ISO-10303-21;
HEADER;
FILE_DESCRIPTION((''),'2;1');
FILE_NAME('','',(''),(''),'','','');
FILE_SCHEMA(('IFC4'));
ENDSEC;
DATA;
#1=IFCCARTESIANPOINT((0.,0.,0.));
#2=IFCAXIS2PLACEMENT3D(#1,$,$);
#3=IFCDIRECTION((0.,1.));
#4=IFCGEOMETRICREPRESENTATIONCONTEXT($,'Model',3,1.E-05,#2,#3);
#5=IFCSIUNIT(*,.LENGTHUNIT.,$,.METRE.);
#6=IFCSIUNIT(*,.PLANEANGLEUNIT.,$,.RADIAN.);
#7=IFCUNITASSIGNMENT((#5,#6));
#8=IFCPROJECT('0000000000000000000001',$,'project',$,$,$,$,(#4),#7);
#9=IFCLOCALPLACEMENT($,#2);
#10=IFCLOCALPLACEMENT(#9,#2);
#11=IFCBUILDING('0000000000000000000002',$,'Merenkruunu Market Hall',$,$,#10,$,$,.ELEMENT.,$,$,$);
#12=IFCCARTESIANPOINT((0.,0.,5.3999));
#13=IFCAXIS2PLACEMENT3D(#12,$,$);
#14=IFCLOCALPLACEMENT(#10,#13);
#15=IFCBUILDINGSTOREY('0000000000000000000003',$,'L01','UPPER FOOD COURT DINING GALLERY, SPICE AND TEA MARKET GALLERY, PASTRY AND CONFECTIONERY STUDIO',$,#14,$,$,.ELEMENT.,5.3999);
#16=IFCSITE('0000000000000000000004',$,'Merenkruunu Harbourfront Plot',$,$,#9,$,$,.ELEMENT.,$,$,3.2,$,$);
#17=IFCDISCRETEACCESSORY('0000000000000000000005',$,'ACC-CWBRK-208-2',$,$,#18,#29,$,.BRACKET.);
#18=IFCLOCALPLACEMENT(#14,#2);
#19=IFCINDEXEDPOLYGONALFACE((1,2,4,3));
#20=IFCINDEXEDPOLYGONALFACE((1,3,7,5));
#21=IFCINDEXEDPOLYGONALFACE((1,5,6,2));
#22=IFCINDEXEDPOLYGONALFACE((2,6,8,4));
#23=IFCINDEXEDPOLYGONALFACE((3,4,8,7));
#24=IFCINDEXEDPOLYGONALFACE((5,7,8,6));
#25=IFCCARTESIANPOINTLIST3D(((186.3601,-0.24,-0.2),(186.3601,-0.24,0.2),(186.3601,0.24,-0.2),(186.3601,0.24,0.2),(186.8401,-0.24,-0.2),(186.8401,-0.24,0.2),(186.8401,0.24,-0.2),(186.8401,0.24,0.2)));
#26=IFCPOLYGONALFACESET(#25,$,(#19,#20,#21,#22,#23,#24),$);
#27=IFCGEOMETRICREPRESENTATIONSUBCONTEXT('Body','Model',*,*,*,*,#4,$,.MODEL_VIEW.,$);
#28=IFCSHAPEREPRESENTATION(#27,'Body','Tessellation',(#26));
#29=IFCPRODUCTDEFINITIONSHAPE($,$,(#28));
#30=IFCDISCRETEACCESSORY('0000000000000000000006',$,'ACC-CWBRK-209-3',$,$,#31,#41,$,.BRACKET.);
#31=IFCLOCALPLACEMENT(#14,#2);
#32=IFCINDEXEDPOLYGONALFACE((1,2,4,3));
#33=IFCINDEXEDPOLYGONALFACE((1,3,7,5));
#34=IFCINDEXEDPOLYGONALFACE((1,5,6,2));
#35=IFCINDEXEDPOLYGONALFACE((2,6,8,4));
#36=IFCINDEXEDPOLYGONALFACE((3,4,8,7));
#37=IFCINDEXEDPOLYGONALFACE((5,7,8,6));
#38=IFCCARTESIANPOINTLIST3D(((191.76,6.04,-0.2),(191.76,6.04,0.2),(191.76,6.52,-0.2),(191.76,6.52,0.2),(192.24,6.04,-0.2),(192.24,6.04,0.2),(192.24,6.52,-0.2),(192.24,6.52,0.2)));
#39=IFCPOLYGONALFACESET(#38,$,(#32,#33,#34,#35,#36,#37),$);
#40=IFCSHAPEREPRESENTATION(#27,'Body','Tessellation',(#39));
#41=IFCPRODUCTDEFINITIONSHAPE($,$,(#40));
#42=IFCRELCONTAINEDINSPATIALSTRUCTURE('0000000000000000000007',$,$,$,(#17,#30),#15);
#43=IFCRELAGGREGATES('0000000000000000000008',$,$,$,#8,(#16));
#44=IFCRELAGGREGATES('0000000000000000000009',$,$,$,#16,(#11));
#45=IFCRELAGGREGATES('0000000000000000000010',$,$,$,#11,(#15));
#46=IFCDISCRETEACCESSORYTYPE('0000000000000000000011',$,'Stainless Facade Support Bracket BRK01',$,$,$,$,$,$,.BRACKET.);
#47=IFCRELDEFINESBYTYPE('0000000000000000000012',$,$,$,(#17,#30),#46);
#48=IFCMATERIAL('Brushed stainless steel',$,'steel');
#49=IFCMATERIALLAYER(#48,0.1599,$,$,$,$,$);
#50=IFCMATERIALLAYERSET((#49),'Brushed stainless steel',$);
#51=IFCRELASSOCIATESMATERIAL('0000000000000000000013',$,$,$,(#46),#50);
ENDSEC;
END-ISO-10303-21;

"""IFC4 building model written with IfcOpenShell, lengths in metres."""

from ifc_helpers import new_model, si_unit, direction, frame, origin, origin_2d, place, context, subcontext, project, spatial, rectangle, extrude, material, layer, layer_set, type_object, element, save


model = new_model("IFC4")

# Units and contexts
model_context = context("Model", 3, precision=1e-05, world=origin(), true_north=direction((0.0, 1.0)))
body_context = subcontext(model_context, "Body", "Model", "MODEL_VIEW")
ifc_project = project(units=[si_unit("LENGTHUNIT", "METRE"), si_unit("PLANEANGLEUNIT", "RADIAN")], contexts=[model_context])

# Site, building, storey
site_placement = place(None, origin())
site = spatial("IfcSite", under=ifc_project, at=site_placement, Name="Merenkruunu Harbourfront Plot", CompositionType="ELEMENT", RefElevation=3.2)
building_placement = place(site_placement, origin())
building = spatial("IfcBuilding", under=site, at=building_placement, Name="Merenkruunu Market Hall", CompositionType="ELEMENT")
storey_placement = place(building_placement, frame((0.0, 0.0, 5.3999)))
storey = spatial("IfcBuildingStorey", under=building, at=storey_placement, Name="L01", Description="UPPER FOOD COURT DINING GALLERY, SPICE AND TEA MARKET GALLERY, PASTRY AND CONFECTIONERY STUDIO", CompositionType="ELEMENT", Elevation=5.3999)

# Shared definitions
ifc_material_1 = material(Name="Brushed stainless steel", Category="steel")

# Discrete accessories
ifc_layer_1 = layer(ifc_material_1, 0.1599)
ifc_layer_set_1 = layer_set([ifc_layer_1], Name="Brushed stainless steel")
discrete_accessory_type = type_object("IfcDiscreteAccessoryType", Name="Stainless Facade Support Bracket BRK01", PredefinedType="BRACKET", material=ifc_layer_set_1)
for number, where, z_axis, x_axis, name in (
    (1, (186.6001, 0.0, -0.2), (0.0, 0.0, 1.0), (1.0, 0.0, 0.0), "ACC-CWBRK-208-2"),
    (2, (192.0, 6.28, -0.2), (0.0, 0.0, 1.0), (1.0, 0.0, 0.0), "ACC-CWBRK-209-3"),
):
    element("IfcDiscreteAccessory", number, at=place(storey_placement, frame(where, z_axis=z_axis, x_axis=x_axis)), inside=storey, type_object=discrete_accessory_type, Name=name, PredefinedType="BRACKET", context=body_context, shape_type="SweptSolid", body=[
        extrude(rectangle(XDim=0.48, YDim=0.48, at=origin_2d()), origin(), (0.0, 0.0, 1.0), 0.3999),
    ])

save(model, "model.ifc")
